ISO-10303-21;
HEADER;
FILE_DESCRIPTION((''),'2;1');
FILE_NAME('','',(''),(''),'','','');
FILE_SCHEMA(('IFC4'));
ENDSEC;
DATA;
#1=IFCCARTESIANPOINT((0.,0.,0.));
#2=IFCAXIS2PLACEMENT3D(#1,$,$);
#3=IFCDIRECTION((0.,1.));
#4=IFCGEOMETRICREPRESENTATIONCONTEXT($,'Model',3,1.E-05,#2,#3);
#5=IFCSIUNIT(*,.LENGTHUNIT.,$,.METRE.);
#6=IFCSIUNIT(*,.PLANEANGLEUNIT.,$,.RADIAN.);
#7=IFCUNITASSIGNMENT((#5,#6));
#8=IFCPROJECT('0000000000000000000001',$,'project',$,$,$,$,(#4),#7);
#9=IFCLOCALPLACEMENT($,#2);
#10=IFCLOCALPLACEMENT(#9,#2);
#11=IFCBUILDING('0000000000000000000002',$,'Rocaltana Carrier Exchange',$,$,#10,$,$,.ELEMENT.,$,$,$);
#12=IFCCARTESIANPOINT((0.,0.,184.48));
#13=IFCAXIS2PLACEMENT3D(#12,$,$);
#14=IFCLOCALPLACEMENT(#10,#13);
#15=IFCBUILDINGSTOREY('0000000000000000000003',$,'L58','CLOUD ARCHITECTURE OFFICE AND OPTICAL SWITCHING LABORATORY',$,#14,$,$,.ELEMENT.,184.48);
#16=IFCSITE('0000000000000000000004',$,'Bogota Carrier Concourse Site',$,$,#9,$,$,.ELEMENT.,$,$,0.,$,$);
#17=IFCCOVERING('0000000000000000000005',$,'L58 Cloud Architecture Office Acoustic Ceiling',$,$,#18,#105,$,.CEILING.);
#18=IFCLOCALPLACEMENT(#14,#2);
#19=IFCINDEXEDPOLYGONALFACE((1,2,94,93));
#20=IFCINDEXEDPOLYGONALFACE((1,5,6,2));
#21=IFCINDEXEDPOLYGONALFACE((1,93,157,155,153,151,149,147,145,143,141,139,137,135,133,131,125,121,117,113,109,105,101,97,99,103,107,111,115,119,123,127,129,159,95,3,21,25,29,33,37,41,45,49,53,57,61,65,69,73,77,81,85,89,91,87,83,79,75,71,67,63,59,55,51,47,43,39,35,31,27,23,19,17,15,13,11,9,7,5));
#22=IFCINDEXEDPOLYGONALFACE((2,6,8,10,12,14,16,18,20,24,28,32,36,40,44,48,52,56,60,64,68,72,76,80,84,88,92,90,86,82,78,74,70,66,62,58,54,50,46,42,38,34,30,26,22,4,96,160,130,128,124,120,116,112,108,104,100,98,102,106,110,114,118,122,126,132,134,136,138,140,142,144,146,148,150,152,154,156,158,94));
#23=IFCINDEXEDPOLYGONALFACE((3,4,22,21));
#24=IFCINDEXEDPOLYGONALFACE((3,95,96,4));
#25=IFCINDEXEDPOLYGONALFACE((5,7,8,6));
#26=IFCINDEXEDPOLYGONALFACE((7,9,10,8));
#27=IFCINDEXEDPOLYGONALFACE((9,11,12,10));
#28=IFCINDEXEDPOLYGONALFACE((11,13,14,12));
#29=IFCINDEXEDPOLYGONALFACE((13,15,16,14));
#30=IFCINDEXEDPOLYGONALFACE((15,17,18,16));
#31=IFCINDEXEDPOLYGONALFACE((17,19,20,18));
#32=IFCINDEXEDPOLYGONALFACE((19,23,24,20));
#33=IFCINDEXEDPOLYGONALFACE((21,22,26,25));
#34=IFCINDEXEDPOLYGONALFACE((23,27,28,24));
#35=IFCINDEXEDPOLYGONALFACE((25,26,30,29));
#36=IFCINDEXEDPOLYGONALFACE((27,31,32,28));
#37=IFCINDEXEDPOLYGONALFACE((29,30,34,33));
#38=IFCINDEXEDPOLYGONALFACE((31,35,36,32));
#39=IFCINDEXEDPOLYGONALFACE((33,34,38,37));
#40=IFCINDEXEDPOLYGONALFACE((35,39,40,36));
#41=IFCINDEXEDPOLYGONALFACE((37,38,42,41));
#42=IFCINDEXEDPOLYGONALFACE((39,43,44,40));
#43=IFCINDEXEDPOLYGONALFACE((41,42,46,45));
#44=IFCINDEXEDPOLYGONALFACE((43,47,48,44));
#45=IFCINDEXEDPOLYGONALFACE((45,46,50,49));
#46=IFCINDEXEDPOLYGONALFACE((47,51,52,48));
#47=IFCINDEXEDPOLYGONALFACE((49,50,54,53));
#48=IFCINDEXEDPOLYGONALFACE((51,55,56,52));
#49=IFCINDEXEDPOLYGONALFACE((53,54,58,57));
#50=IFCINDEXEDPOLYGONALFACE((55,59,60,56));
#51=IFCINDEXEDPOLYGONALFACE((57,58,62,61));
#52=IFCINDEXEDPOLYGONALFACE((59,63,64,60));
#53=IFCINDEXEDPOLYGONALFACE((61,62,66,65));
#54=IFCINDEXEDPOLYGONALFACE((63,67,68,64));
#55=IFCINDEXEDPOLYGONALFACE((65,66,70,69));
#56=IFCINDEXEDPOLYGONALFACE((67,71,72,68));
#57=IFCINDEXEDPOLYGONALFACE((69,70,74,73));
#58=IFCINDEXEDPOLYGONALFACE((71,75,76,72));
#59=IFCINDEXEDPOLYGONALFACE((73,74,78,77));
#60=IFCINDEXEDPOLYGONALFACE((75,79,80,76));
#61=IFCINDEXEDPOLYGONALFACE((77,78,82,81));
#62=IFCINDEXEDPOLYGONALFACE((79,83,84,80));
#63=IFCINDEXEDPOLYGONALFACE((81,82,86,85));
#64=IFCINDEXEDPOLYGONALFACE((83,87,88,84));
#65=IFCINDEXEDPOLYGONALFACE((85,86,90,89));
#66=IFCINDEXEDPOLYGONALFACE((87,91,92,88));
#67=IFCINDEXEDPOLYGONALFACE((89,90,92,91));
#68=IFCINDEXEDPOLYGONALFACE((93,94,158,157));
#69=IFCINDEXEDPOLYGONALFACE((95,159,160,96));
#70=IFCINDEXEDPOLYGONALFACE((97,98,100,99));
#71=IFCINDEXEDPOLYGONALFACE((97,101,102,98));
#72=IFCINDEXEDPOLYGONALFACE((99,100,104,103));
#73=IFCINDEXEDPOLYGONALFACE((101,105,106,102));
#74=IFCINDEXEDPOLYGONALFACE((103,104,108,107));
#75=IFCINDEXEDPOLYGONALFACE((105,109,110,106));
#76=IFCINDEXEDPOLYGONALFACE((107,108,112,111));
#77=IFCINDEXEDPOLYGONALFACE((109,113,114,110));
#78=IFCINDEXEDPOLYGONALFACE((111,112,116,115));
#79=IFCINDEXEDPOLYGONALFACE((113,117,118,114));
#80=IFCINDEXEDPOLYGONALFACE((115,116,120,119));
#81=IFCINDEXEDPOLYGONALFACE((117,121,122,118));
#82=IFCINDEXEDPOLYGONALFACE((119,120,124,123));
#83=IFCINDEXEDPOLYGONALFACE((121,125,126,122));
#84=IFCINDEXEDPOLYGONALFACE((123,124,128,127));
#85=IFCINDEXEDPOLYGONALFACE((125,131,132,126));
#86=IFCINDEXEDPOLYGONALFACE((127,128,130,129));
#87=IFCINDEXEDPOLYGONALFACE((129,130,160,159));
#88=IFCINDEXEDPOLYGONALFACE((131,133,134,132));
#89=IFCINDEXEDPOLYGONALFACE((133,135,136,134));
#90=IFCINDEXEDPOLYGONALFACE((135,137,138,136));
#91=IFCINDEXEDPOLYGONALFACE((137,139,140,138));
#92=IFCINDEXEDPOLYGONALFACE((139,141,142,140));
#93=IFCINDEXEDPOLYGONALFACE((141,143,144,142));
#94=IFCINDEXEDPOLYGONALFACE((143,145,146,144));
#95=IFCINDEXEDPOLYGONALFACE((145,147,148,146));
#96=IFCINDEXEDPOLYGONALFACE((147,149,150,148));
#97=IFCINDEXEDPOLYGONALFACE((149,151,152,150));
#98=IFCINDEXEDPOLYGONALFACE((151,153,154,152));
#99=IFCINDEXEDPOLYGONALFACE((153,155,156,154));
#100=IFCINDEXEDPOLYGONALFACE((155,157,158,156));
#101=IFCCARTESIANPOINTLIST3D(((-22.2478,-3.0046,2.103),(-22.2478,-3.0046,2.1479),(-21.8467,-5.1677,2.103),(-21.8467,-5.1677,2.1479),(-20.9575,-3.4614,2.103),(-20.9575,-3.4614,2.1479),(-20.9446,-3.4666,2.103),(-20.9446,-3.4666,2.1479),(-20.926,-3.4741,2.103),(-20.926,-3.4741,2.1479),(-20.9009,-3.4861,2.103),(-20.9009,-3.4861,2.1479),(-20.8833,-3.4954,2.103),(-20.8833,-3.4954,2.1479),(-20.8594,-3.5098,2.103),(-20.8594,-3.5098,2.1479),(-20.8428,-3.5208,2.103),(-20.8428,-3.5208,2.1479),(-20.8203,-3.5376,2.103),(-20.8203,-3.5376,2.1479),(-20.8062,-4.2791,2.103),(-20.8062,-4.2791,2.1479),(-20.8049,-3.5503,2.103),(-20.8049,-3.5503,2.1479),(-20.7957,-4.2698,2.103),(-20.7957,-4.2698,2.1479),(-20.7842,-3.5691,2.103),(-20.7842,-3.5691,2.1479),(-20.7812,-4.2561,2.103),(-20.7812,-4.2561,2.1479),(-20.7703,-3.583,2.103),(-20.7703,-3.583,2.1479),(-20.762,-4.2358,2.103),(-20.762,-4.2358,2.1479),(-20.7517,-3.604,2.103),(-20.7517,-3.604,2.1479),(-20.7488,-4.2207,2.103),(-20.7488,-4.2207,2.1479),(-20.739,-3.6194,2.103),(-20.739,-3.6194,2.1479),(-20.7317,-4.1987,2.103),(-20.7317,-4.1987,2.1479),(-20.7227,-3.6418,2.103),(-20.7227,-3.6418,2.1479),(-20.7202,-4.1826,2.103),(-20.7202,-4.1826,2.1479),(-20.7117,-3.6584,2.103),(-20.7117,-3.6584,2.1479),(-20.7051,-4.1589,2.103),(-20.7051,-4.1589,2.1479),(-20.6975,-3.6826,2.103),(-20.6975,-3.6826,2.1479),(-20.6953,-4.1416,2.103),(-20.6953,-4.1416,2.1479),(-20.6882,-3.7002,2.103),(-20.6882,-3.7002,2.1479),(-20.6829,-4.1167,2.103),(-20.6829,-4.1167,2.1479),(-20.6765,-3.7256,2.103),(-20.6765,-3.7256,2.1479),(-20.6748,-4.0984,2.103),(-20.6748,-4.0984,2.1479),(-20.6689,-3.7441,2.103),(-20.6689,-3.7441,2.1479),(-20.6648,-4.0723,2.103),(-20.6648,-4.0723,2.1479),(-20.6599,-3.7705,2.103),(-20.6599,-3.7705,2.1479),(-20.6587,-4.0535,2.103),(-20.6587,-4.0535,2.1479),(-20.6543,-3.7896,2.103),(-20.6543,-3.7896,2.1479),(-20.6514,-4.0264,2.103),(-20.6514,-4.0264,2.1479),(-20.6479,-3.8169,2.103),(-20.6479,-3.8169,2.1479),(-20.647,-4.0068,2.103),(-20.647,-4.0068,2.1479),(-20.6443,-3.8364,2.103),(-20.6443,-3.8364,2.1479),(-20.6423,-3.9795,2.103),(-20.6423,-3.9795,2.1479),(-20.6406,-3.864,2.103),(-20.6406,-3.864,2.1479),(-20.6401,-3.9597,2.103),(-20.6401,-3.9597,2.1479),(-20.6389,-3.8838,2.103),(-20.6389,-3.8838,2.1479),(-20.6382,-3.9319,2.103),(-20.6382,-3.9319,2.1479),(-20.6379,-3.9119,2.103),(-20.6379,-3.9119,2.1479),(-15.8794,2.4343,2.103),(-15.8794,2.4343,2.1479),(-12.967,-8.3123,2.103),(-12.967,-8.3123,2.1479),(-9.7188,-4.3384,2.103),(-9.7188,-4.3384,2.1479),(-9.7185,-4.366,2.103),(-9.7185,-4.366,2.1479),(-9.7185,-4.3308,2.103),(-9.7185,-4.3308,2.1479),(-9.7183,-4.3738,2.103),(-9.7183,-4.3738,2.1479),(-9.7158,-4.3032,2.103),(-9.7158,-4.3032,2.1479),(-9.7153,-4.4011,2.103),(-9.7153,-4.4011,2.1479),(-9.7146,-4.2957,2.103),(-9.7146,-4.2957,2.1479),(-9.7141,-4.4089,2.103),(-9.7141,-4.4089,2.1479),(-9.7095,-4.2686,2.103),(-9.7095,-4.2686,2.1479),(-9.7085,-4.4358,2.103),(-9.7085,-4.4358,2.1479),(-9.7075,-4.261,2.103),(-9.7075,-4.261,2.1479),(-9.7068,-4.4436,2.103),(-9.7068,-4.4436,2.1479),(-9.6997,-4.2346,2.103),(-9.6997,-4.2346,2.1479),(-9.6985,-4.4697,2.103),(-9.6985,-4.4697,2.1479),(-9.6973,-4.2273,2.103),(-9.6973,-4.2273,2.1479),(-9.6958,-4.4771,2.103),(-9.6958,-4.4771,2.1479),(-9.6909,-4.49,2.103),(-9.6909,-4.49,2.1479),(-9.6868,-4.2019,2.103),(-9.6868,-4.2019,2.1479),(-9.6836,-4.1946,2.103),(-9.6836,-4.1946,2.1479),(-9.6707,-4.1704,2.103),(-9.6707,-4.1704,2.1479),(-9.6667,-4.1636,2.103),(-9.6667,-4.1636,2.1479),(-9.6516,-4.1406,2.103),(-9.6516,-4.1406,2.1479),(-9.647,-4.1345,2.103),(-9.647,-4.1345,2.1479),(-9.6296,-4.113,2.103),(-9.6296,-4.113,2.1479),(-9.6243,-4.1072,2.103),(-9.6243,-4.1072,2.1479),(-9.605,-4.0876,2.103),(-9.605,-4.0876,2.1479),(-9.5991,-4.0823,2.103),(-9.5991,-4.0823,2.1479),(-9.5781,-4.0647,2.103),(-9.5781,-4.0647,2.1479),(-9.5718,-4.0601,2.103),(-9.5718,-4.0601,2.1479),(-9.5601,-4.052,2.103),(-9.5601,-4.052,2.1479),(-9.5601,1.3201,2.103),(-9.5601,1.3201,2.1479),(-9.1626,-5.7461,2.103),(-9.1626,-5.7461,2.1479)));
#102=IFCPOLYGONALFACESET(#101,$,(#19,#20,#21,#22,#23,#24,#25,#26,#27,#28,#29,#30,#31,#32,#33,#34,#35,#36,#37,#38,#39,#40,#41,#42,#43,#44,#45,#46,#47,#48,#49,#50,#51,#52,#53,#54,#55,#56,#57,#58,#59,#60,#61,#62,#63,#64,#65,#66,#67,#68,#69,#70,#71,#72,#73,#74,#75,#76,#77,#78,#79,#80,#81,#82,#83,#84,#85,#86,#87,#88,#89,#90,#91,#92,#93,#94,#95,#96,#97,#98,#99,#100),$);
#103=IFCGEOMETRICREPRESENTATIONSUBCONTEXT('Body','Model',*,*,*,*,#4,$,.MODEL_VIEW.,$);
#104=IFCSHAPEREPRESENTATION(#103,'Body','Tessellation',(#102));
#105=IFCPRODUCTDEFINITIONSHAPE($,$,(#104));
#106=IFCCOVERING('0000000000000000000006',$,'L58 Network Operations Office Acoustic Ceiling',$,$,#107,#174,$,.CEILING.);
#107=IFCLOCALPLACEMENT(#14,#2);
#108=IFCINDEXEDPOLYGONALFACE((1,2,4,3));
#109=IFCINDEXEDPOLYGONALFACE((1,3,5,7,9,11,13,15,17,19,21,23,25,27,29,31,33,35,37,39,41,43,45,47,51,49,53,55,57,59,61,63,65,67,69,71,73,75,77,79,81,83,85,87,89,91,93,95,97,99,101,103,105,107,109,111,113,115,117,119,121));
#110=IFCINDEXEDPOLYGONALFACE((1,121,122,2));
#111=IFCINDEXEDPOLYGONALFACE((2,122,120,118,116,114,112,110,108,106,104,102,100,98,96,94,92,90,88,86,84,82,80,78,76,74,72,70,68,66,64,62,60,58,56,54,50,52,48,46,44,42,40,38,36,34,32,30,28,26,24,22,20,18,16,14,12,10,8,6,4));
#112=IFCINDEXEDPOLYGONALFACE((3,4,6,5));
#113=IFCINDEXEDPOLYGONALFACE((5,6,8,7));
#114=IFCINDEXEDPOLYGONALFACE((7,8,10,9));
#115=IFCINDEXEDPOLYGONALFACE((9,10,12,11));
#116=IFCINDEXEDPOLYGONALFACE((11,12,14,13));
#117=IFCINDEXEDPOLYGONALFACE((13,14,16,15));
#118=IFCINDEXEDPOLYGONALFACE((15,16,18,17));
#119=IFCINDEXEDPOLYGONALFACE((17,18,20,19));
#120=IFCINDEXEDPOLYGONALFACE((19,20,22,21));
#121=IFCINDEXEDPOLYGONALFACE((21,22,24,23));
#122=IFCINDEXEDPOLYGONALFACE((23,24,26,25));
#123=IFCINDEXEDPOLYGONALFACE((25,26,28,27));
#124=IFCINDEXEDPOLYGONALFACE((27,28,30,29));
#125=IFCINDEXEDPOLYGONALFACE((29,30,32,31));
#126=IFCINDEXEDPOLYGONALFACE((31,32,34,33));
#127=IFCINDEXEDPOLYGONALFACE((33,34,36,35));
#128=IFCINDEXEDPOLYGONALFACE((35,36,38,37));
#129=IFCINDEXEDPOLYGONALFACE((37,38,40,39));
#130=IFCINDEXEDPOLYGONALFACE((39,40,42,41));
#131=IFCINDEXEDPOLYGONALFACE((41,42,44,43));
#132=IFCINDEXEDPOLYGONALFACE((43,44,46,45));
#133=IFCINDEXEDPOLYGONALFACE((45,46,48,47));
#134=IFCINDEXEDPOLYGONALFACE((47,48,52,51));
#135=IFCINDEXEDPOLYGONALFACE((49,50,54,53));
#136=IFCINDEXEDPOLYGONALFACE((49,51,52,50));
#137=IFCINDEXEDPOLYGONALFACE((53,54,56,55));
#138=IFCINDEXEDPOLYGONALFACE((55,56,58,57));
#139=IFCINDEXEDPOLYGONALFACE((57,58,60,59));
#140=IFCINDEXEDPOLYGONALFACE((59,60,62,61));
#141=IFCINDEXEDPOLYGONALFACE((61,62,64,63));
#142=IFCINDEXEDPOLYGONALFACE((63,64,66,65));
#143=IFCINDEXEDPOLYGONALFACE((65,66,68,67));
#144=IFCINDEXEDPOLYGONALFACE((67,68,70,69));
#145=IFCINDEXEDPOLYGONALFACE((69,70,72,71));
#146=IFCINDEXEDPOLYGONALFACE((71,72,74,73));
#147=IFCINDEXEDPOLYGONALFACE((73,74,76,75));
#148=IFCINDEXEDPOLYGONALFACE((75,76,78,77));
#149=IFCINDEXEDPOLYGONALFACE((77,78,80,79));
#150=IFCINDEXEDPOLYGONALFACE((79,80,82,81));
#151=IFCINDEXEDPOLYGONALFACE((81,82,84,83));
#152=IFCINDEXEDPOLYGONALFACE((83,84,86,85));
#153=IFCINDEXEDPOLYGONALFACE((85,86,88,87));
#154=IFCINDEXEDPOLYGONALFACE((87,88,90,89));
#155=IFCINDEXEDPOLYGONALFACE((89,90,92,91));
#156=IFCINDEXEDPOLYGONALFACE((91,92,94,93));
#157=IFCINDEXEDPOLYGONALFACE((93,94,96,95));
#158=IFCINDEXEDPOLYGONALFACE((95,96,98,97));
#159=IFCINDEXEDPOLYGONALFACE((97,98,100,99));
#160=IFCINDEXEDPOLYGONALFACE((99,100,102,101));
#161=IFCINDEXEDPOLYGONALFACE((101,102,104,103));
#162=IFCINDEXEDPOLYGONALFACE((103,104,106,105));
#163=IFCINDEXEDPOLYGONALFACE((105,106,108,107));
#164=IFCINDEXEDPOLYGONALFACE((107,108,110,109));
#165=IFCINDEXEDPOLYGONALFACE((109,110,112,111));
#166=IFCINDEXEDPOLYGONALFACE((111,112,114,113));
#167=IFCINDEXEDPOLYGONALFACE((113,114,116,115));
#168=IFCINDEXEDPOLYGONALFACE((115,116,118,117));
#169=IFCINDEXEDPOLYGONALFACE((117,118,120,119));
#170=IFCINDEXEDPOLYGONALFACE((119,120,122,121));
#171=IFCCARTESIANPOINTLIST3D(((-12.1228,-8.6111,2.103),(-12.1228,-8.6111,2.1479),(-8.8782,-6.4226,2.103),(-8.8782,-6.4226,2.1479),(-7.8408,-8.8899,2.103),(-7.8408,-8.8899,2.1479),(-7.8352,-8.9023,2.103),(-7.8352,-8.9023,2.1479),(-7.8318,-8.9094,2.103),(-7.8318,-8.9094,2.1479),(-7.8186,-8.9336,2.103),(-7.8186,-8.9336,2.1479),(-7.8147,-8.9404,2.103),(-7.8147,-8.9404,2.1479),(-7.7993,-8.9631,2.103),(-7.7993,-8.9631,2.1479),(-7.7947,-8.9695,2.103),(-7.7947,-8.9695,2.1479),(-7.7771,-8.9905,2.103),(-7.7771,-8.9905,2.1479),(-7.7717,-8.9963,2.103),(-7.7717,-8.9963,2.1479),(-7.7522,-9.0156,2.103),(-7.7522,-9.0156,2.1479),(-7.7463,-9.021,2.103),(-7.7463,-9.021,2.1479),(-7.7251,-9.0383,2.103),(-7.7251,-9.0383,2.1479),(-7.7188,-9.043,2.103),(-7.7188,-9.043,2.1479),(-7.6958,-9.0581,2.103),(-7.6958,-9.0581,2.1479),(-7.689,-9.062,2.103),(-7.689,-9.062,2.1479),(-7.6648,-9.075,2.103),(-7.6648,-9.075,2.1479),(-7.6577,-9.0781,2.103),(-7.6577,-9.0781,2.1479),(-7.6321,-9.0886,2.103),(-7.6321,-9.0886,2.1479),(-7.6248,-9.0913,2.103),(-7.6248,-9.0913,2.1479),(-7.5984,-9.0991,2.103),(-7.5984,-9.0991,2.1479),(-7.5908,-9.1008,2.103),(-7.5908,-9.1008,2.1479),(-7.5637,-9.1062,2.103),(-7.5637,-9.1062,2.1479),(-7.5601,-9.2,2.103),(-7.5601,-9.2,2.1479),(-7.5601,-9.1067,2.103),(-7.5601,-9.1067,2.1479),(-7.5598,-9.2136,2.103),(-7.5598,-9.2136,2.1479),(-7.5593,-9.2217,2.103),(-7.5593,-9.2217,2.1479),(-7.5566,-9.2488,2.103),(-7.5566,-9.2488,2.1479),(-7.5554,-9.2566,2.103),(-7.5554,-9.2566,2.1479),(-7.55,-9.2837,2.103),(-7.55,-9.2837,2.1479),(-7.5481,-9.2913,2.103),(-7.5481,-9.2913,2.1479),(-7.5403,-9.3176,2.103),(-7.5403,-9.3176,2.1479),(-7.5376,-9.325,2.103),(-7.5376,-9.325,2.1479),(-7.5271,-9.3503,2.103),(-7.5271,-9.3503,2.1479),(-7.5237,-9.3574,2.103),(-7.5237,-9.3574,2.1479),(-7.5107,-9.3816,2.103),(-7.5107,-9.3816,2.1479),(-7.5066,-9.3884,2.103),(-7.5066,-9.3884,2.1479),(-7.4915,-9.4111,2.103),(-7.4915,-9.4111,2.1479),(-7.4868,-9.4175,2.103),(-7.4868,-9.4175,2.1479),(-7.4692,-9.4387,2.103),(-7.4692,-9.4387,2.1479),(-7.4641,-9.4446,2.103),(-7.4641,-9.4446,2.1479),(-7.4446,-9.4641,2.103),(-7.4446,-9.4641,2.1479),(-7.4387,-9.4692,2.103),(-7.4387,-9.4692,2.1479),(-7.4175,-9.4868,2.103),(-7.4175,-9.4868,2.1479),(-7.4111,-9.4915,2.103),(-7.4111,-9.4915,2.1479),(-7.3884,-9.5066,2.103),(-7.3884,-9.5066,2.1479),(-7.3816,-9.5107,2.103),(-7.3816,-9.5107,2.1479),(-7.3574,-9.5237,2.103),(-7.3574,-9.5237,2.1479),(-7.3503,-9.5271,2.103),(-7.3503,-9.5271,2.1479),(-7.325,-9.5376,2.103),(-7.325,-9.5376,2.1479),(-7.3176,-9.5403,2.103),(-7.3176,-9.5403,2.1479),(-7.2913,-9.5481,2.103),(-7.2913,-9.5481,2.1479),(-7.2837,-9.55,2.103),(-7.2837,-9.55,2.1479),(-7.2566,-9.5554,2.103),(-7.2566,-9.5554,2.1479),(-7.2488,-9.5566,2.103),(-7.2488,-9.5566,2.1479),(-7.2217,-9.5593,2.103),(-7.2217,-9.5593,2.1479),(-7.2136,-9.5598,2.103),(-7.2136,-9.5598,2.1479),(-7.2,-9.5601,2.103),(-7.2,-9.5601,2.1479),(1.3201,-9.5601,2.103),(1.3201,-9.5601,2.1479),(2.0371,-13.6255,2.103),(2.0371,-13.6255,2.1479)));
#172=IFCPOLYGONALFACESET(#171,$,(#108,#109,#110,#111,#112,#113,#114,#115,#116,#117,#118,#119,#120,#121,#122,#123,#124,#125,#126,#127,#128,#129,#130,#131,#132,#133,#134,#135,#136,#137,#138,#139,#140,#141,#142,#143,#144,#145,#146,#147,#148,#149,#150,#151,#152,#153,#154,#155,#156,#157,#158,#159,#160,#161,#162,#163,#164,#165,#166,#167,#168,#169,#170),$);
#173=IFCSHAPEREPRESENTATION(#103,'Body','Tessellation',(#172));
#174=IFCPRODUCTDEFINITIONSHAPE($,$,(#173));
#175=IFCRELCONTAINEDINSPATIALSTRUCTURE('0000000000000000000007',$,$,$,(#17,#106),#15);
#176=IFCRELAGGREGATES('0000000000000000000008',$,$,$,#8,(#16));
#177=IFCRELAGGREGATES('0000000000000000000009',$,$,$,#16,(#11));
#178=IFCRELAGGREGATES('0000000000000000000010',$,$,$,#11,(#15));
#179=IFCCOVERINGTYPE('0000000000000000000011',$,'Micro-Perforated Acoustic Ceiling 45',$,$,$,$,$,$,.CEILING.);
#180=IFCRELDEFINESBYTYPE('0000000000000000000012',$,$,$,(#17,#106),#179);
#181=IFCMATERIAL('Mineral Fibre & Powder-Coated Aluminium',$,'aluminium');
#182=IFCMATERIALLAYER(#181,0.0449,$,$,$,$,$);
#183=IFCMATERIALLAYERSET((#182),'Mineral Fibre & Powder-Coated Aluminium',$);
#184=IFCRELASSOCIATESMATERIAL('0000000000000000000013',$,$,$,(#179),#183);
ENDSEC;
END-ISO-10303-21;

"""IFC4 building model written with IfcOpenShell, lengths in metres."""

from ifc_helpers import new_model, si_unit, direction, frame, origin, place, context, subcontext, project, spatial, polyline, outline, extrude, material, layer, layer_set, type_object, element, save


model = new_model("IFC4")

# Units and contexts
model_context = context("Model", 3, precision=1e-05, world=origin(), true_north=direction((0.0, 1.0)))
body_context = subcontext(model_context, "Body", "Model", "MODEL_VIEW")
ifc_project = project(units=[si_unit("LENGTHUNIT", "METRE"), si_unit("PLANEANGLEUNIT", "RADIAN")], contexts=[model_context])

# Site, building, storey
site_placement = place(None, origin())
site = spatial("IfcSite", under=ifc_project, at=site_placement, Name="Bogota Carrier Concourse Site", CompositionType="ELEMENT", RefElevation=0.0)
building_placement = place(site_placement, origin())
building = spatial("IfcBuilding", under=site, at=building_placement, Name="Rocaltana Carrier Exchange", CompositionType="ELEMENT")
storey_placement = place(building_placement, frame((0.0, 0.0, 184.48)))
storey = spatial("IfcBuildingStorey", under=building, at=storey_placement, Name="L58", Description="CLOUD ARCHITECTURE OFFICE AND OPTICAL SWITCHING LABORATORY", CompositionType="ELEMENT", Elevation=184.48)

# Coverings
ifc_material_1 = material(Name="Mineral Fibre & Powder-Coated Aluminium", Category="aluminium")
ifc_layer_1 = layer(ifc_material_1, 0.0449)
ifc_layer_set_1 = layer_set([ifc_layer_1], Name="Mineral Fibre & Powder-Coated Aluminium")
covering_type_1 = type_object("IfcCoveringType", Name="Micro-Perforated Acoustic Ceiling 45", PredefinedType="CEILING", material=ifc_layer_set_1)
covering_1_placement = place(storey_placement, frame((0.0, 0.0, 2.103)))
element("IfcCovering", 1, at=covering_1_placement, inside=storey, type_object=covering_type_1, Name="L58 Cloud Architecture Office Acoustic Ceiling", PredefinedType="CEILING", context=body_context, shape_type="SweptSolid", body=[
    extrude(outline(polyline([(-20.8062, -4.2791), (-20.7957, -4.2698), (-20.7812, -4.2561), (-20.762, -4.2358), (-20.7488, -4.2207), (-20.7317, -4.1987), (-20.7202, -4.1826), (-20.7051, -4.1589), (-20.6953, -4.1416), (-20.6829, -4.1167), (-20.6748, -4.0984), (-20.6648, -4.0723), (-20.6587, -4.0535), (-20.6514, -4.0264), (-20.647, -4.0068), (-20.6423, -3.9795), (-20.6401, -3.9597), (-20.6382, -3.9319), (-20.6379, -3.9119), (-20.6389, -3.8838), (-20.6406, -3.864), (-20.6443, -3.8364), (-20.6479, -3.8169), (-20.6543, -3.7896), (-20.6599, -3.7705), (-20.6689, -3.7441), (-20.6765, -3.7256), (-20.6882, -3.7002), (-20.6975, -3.6826), (-20.7117, -3.6584), (-20.7227, -3.6418), (-20.739, -3.6194), (-20.7517, -3.604), (-20.7703, -3.583), (-20.7842, -3.5691), (-20.8049, -3.5503), (-20.8203, -3.5376), (-20.8428, -3.5208), (-20.8594, -3.5098), (-20.8833, -3.4954), (-20.9009, -3.4861), (-20.926, -3.4741), (-20.9446, -3.4666), (-20.9575, -3.4614), (-22.2478, -3.0046), (-15.8794, 2.4343), (-9.5601, 1.3201), (-9.5601, -4.052), (-9.5718, -4.0601), (-9.5781, -4.0647), (-9.5991, -4.0823), (-9.605, -4.0876), (-9.6243, -4.1072), (-9.6296, -4.113), (-9.647, -4.1345), (-9.6516, -4.1406), (-9.6667, -4.1636), (-9.6707, -4.1704), (-9.6836, -4.1946), (-9.6868, -4.2019), (-9.6973, -4.2273), (-9.6997, -4.2346), (-9.7075, -4.261), (-9.7095, -4.2686), (-9.7146, -4.2957), (-9.7158, -4.3032), (-9.7185, -4.3308), (-9.7188, -4.3384), (-9.7185, -4.366), (-9.7183, -4.3738), (-9.7153, -4.4011), (-9.7141, -4.4089), (-9.7085, -4.4358), (-9.7068, -4.4436), (-9.6985, -4.4697), (-9.6958, -4.4771), (-9.6909, -4.49), (-9.1626, -5.7461), (-12.967, -8.3123), (-21.8467, -5.1677), (-20.8062, -4.2791)])), origin(), (0.0, 0.0, 1.0), 0.0449),
])
covering_2_placement = place(storey_placement, frame((0.0, 0.0, 2.103)))
element("IfcCovering", 2, at=covering_2_placement, inside=storey, type_object=covering_type_1, Name="L58 Network Operations Office Acoustic Ceiling", PredefinedType="CEILING", context=body_context, shape_type="SweptSolid", body=[
    extrude(outline(polyline([(-12.1228, -8.6111), (-8.8782, -6.4226), (-7.8408, -8.8899), (-7.8352, -8.9023), (-7.8318, -8.9094), (-7.8186, -8.9336), (-7.8147, -8.9404), (-7.7993, -8.9631), (-7.7947, -8.9695), (-7.7771, -8.9905), (-7.7717, -8.9963), (-7.7522, -9.0156), (-7.7463, -9.021), (-7.7251, -9.0383), (-7.7188, -9.043), (-7.6958, -9.0581), (-7.689, -9.062), (-7.6648, -9.075), (-7.6577, -9.0781), (-7.6321, -9.0886), (-7.6248, -9.0913), (-7.5984, -9.0991), (-7.5908, -9.1008), (-7.5637, -9.1062), (-7.5601, -9.1067), (-7.5601, -9.2), (-7.5598, -9.2136), (-7.5593, -9.2217), (-7.5566, -9.2488), (-7.5554, -9.2566), (-7.55, -9.2837), (-7.5481, -9.2913), (-7.5403, -9.3176), (-7.5376, -9.325), (-7.5271, -9.3503), (-7.5237, -9.3574), (-7.5107, -9.3816), (-7.5066, -9.3884), (-7.4915, -9.4111), (-7.4868, -9.4175), (-7.4692, -9.4387), (-7.4641, -9.4446), (-7.4446, -9.4641), (-7.4387, -9.4692), (-7.4175, -9.4868), (-7.4111, -9.4915), (-7.3884, -9.5066), (-7.3816, -9.5107), (-7.3574, -9.5237), (-7.3503, -9.5271), (-7.325, -9.5376), (-7.3176, -9.5403), (-7.2913, -9.5481), (-7.2837, -9.55), (-7.2566, -9.5554), (-7.2488, -9.5566), (-7.2217, -9.5593), (-7.2136, -9.5598), (-7.2, -9.5601), (1.3201, -9.5601), (2.0371, -13.6255), (-12.1228, -8.6111)])), origin(), (0.0, 0.0, 1.0), 0.0449),
])

save(model, "model.ifc")
